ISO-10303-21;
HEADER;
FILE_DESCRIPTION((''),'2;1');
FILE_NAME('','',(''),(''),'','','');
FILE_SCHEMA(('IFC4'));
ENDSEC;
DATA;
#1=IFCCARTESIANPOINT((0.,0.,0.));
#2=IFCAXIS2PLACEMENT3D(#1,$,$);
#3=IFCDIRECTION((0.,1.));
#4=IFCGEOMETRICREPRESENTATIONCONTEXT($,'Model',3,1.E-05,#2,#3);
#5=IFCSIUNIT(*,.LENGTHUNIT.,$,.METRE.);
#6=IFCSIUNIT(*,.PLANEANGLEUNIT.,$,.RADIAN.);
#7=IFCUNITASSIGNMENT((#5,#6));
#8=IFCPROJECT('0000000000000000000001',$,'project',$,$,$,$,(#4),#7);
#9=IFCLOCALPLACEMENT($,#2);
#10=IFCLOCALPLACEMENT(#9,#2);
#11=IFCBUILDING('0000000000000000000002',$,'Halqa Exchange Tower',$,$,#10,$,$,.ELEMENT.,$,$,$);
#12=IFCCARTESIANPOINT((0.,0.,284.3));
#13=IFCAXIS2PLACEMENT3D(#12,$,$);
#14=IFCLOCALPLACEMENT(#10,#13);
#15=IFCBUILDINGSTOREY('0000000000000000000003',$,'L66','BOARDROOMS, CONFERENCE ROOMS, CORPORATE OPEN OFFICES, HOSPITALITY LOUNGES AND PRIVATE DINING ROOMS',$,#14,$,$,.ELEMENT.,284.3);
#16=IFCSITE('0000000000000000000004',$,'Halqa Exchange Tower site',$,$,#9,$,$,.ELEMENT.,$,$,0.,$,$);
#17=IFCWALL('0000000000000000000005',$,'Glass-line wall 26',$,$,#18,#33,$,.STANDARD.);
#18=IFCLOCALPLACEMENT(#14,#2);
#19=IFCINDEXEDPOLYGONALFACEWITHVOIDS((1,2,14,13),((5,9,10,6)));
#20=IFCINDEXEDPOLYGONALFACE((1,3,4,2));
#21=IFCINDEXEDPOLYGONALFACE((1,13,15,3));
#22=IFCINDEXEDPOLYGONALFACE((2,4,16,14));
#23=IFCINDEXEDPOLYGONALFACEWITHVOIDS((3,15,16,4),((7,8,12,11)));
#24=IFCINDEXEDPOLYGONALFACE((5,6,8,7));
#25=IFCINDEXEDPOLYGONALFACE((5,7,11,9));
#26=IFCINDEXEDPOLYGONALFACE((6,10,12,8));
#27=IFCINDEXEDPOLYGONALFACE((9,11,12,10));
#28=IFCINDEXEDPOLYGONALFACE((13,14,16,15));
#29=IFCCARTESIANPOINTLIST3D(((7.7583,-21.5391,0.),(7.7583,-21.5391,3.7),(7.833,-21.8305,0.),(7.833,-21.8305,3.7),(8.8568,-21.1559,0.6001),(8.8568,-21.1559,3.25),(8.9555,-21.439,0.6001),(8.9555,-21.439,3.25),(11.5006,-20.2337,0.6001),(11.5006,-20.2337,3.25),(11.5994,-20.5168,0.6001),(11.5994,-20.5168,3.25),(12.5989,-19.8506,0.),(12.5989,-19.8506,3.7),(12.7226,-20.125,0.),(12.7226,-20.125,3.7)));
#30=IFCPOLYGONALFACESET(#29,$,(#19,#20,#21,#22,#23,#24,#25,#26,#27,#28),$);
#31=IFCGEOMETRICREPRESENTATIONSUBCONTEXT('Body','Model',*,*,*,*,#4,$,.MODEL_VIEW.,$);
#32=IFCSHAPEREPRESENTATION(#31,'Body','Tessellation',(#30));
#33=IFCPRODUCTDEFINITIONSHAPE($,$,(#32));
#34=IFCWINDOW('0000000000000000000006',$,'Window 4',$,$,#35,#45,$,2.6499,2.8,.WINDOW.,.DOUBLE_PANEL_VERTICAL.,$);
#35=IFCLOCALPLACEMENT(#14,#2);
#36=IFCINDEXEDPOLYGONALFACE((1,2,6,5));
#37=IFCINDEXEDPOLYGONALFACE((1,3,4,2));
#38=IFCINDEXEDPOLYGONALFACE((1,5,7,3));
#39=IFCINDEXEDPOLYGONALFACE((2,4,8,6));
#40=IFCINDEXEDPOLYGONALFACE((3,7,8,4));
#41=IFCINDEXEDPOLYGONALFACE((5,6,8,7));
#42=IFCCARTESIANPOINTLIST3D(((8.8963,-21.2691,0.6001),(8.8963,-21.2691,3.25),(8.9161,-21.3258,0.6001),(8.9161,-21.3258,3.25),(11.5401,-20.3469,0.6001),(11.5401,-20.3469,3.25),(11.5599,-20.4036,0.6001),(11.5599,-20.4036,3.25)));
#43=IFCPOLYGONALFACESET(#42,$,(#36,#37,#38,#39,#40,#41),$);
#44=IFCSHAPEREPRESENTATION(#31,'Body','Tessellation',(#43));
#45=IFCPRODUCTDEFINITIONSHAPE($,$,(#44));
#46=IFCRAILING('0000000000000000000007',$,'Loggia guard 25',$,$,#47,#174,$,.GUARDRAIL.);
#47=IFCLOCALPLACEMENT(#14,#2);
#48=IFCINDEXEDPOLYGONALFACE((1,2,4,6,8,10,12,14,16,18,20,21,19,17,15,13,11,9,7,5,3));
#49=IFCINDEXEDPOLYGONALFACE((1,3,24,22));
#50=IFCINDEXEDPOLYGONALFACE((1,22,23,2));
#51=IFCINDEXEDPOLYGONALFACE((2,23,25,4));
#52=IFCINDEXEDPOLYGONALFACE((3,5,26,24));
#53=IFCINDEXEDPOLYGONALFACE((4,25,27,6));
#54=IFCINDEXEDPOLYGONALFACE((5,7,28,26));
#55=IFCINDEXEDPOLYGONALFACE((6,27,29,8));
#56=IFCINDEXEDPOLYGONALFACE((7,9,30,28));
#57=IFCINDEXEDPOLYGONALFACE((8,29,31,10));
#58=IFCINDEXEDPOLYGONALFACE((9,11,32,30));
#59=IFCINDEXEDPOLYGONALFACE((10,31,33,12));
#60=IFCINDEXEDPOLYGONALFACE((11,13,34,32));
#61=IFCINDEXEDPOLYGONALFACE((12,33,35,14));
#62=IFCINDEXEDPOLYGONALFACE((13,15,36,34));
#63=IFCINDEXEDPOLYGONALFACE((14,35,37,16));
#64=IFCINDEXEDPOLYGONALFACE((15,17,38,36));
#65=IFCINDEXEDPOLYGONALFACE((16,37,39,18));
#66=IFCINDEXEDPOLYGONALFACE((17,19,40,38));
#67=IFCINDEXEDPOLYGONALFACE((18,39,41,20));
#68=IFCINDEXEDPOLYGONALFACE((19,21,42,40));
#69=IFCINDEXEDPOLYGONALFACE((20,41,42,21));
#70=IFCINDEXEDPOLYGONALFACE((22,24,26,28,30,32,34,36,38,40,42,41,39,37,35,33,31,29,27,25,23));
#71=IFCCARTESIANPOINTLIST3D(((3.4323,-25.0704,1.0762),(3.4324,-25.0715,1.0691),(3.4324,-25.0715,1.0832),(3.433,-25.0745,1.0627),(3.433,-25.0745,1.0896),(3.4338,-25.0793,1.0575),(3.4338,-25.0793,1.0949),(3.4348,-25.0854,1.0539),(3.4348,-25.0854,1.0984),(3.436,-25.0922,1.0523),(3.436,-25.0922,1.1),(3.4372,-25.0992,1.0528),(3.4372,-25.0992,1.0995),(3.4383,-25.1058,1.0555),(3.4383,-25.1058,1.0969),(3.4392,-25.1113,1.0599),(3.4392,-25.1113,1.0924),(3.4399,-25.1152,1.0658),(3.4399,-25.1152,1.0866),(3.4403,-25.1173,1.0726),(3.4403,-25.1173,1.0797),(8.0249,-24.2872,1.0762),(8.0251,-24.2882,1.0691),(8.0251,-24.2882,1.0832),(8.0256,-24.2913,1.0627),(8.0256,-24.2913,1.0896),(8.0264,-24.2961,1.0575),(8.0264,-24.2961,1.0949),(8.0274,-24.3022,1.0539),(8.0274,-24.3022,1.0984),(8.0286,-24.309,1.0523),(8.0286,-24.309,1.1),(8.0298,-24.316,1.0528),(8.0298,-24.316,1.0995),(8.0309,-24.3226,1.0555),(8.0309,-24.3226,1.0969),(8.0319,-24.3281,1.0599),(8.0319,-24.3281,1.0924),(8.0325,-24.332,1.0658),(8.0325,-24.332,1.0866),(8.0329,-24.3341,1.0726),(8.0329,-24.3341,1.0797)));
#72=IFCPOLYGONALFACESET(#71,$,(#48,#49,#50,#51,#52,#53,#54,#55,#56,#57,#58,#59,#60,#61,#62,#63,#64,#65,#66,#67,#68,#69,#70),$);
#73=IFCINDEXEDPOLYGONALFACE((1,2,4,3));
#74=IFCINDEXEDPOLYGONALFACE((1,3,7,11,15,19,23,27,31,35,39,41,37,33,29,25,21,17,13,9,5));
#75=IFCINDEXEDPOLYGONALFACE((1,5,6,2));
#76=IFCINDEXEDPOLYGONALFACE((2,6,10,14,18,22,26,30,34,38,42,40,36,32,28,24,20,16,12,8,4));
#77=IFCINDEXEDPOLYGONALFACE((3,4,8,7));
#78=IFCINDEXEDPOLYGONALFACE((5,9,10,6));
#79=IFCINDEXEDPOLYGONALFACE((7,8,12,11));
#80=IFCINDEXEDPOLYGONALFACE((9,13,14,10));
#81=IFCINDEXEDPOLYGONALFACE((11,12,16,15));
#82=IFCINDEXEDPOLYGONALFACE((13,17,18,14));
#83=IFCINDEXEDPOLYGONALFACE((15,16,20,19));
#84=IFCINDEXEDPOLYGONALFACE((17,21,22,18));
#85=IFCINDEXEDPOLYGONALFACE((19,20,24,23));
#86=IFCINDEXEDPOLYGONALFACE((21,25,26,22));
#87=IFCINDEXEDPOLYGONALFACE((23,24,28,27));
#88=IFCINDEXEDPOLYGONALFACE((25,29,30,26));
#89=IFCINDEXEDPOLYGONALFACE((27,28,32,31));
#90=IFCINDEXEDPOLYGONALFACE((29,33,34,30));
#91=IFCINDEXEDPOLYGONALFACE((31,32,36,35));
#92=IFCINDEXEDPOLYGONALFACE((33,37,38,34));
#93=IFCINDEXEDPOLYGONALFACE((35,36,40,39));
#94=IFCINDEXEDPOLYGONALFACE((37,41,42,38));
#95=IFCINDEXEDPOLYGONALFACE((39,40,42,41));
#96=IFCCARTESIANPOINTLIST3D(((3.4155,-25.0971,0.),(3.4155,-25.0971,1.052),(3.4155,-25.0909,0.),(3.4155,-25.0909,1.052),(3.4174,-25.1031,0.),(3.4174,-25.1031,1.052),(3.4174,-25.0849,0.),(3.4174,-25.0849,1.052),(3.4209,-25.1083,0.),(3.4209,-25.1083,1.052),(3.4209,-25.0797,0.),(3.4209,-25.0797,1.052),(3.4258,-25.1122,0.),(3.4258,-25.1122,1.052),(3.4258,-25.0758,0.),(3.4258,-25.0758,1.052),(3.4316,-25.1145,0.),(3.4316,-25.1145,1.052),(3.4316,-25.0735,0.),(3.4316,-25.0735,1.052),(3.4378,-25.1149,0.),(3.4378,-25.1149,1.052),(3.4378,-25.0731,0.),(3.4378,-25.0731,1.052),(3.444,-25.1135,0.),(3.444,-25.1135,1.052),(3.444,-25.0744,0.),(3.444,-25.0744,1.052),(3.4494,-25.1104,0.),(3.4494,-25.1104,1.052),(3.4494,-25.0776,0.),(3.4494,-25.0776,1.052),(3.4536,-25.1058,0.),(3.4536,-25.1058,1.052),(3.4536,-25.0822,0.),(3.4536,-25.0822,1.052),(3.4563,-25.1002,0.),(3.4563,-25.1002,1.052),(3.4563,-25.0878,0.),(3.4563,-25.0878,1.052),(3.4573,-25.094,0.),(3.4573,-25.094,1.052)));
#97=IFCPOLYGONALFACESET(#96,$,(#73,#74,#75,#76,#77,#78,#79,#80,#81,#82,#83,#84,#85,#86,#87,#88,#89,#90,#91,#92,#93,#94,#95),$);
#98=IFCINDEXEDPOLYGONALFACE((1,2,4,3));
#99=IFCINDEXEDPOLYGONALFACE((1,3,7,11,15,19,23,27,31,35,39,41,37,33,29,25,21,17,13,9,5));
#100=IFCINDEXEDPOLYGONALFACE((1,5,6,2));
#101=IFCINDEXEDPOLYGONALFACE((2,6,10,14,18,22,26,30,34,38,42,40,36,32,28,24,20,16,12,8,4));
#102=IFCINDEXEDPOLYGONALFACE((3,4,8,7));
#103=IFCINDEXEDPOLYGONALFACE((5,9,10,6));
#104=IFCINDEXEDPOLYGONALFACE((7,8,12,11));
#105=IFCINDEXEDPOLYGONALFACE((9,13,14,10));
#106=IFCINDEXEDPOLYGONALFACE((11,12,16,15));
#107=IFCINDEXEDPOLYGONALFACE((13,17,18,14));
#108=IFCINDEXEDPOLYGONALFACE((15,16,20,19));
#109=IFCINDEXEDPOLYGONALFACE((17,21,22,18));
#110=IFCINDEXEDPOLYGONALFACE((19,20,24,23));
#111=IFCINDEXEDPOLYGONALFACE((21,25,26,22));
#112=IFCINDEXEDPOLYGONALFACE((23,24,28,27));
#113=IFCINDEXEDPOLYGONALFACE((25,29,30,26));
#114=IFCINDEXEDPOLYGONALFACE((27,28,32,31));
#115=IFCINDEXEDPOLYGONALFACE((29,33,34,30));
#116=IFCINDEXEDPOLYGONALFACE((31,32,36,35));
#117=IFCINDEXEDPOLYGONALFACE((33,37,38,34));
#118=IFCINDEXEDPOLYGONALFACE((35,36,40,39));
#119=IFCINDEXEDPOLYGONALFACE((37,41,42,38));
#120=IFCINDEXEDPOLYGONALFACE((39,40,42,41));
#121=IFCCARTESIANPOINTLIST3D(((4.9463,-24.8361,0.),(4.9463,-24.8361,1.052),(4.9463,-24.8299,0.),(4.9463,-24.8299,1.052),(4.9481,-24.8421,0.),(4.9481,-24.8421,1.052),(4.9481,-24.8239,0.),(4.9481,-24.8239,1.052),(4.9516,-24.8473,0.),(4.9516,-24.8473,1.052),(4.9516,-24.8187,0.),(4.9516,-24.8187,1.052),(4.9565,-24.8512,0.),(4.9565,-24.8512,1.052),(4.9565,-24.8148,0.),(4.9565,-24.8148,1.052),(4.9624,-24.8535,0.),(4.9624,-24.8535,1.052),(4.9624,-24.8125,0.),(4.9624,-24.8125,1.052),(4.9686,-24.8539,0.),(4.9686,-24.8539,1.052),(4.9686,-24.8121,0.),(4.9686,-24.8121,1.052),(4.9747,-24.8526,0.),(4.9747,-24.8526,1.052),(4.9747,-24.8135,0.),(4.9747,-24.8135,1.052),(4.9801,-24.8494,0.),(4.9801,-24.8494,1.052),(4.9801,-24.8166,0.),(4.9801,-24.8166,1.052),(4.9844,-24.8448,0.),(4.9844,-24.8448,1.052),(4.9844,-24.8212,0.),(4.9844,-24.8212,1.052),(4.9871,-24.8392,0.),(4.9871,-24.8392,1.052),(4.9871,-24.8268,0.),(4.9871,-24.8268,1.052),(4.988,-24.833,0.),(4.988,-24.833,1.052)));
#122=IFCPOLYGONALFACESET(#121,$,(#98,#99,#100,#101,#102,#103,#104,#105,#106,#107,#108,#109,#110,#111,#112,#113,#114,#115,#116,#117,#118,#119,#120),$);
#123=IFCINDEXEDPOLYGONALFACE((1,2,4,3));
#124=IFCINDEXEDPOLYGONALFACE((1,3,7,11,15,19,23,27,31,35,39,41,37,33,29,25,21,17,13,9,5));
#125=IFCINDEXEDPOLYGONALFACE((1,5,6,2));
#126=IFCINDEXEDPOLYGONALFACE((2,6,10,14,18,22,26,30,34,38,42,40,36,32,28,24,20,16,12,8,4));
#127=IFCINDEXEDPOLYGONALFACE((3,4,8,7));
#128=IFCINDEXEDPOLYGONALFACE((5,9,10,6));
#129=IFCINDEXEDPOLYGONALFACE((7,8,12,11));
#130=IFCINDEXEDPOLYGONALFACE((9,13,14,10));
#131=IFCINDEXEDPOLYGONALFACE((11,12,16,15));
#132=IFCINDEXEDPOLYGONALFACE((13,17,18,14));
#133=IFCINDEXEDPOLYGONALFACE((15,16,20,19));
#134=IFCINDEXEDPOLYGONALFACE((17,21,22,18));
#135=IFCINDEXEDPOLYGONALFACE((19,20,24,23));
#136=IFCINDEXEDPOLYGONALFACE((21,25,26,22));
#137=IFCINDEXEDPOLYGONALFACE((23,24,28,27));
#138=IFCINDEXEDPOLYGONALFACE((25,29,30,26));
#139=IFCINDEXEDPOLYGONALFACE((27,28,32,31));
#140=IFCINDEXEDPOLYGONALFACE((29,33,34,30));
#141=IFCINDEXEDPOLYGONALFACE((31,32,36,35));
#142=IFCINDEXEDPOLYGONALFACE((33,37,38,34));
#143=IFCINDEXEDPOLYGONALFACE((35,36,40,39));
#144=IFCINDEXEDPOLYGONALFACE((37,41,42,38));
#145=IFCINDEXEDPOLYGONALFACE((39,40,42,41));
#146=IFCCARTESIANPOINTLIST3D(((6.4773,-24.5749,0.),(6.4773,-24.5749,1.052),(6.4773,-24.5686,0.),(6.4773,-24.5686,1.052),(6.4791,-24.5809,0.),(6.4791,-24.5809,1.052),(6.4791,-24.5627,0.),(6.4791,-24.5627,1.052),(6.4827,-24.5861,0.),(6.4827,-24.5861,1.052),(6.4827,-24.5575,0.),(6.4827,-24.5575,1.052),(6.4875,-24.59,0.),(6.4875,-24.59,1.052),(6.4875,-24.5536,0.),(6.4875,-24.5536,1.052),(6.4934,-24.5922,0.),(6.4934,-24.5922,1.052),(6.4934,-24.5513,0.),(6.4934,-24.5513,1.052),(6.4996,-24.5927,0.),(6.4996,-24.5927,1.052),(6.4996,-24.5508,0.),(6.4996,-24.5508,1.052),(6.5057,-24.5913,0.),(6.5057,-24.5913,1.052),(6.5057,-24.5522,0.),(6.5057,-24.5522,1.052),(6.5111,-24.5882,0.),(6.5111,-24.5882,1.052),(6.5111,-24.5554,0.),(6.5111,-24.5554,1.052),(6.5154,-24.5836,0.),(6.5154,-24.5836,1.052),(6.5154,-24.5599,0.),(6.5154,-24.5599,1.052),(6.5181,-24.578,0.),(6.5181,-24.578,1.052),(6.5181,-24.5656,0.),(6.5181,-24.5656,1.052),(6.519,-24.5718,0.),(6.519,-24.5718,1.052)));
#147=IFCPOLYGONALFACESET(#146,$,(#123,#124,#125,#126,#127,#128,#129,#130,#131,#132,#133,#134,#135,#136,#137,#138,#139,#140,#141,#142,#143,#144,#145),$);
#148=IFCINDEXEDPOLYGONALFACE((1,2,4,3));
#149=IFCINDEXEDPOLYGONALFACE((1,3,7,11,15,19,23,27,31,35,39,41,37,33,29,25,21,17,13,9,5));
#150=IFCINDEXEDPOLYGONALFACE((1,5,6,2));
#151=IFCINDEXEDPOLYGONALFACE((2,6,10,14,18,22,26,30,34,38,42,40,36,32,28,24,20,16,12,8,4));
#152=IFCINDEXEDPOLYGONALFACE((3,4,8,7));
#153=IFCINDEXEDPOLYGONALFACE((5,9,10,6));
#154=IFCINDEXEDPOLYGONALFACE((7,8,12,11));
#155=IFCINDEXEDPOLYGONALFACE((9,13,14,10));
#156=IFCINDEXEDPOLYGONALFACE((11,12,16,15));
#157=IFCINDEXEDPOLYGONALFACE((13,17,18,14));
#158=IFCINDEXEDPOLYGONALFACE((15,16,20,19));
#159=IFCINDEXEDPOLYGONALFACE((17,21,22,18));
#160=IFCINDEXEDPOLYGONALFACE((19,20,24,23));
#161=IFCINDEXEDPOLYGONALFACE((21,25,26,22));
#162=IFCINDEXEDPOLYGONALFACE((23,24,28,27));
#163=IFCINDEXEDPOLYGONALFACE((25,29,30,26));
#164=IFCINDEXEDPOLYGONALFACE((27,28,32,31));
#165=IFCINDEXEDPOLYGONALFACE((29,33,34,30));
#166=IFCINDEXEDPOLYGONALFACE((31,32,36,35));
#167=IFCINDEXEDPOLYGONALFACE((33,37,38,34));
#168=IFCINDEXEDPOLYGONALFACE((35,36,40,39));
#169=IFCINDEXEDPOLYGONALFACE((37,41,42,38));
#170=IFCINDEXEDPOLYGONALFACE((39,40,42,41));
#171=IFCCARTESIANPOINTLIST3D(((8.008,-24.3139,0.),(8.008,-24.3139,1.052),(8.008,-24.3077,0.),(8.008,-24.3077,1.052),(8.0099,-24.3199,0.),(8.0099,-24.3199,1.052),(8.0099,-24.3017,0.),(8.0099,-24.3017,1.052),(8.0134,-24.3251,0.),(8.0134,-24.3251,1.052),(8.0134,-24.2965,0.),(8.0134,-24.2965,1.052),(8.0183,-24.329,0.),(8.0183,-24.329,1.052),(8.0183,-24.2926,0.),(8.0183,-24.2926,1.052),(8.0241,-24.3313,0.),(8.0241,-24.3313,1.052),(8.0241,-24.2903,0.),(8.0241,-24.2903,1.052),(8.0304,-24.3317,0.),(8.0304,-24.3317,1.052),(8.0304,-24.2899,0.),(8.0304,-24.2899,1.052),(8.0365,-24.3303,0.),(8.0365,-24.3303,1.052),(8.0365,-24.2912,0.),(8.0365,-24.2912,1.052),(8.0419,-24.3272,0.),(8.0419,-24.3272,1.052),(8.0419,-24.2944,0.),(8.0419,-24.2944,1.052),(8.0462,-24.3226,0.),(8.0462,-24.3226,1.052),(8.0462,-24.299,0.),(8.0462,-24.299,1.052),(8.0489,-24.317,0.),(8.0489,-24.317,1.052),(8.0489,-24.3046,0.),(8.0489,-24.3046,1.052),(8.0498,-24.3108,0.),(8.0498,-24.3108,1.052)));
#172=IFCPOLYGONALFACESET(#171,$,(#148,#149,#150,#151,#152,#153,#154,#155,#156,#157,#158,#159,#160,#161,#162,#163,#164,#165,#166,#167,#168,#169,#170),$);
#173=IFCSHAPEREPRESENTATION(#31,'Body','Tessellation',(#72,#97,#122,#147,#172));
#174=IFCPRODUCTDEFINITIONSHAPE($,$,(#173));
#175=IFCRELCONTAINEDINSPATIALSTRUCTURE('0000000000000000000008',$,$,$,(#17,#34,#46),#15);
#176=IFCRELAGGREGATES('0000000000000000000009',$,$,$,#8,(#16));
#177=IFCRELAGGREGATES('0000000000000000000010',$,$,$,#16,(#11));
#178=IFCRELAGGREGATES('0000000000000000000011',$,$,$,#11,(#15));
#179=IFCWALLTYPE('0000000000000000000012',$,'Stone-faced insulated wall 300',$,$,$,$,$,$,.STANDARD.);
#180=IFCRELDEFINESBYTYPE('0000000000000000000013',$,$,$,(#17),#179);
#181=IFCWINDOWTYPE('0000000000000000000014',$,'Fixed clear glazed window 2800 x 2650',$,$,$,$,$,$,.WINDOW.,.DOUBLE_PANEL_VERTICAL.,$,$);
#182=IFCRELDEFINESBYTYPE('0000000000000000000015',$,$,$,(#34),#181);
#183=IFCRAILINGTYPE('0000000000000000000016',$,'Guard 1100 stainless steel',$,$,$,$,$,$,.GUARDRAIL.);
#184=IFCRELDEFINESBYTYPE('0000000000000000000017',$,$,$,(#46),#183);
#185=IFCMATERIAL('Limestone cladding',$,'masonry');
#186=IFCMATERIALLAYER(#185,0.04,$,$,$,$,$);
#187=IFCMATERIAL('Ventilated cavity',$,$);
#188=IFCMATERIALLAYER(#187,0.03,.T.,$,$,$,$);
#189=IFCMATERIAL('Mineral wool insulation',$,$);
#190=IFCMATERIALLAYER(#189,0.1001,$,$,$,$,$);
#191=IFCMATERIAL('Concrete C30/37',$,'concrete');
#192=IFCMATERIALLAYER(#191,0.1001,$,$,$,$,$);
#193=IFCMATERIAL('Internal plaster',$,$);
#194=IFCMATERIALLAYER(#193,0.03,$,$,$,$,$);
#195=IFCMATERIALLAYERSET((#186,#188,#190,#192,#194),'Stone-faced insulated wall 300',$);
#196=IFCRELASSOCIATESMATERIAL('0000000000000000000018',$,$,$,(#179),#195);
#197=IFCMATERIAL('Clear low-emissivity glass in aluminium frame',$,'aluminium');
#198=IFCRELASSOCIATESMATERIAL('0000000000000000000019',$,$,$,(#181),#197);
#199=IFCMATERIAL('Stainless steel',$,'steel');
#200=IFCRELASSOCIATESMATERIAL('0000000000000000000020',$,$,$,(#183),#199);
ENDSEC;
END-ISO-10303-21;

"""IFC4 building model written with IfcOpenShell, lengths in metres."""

from ifc_helpers import new_model, si_unit, direction, frame, frame_2d, origin, origin_2d, place, context, subcontext, project, spatial, polyline, rectangle, circle, outline, extrude, material, layer, layer_set, type_object, element, fill, save


model = new_model("IFC4")

# Units and contexts
model_context = context("Model", 3, precision=1e-05, world=origin(), true_north=direction((0.0, 1.0)))
body_context = subcontext(model_context, "Body", "Model", "MODEL_VIEW")
ifc_project = project(units=[si_unit("LENGTHUNIT", "METRE"), si_unit("PLANEANGLEUNIT", "RADIAN")], contexts=[model_context])

# Site, building, storey
site_placement = place(None, origin())
site = spatial("IfcSite", under=ifc_project, at=site_placement, Name="Halqa Exchange Tower site", CompositionType="ELEMENT", RefElevation=0.0)
building_placement = place(site_placement, origin())
building = spatial("IfcBuilding", under=site, at=building_placement, Name="Halqa Exchange Tower", CompositionType="ELEMENT")
storey_placement = place(building_placement, frame((0.0, 0.0, 284.3)))
storey = spatial("IfcBuildingStorey", under=building, at=storey_placement, Name="L66", Description="BOARDROOMS, CONFERENCE ROOMS, CORPORATE OPEN OFFICES, HOSPITALITY LOUNGES AND PRIVATE DINING ROOMS", CompositionType="ELEMENT", Elevation=284.3)

# Shared definitions
ifc_material_1 = material(Name="Concrete C30/37", Category="concrete")

# Wall, opening, window
ifc_material_2 = material(Name="Limestone cladding", Category="masonry")
ifc_layer_1 = layer(ifc_material_2, 0.04)
ifc_material_3 = material(Name="Ventilated cavity")
ifc_layer_2 = layer(ifc_material_3, 0.03, ventilated=True)
ifc_material_4 = material(Name="Mineral wool insulation")
ifc_layer_3 = layer(ifc_material_4, 0.1001)
ifc_layer_4 = layer(ifc_material_1, 0.1001)
ifc_material_5 = material(Name="Internal plaster")
ifc_layer_5 = layer(ifc_material_5, 0.03)
ifc_layer_set_1 = layer_set([ifc_layer_1, ifc_layer_2, ifc_layer_3, ifc_layer_4, ifc_layer_5], Name="Stone-faced insulated wall 300")
wall_type_1 = type_object("IfcWallType", Name="Stone-faced insulated wall 300", PredefinedType="STANDARD", material=ifc_layer_set_1)
ifc_material_6 = material(Name="Clear low-emissivity glass in aluminium frame", Category="aluminium")
window_type = type_object("IfcWindowType", Name="Fixed clear glazed window 2800 x 2650", PartitioningType="DOUBLE_PANEL_VERTICAL", PredefinedType="WINDOW", material=ifc_material_6)
wall_1_placement = place(storey_placement, frame((7.7957, -21.6848, 0.0), z_axis=(0.0, 0.0, 1.0), x_axis=(0.944204, 0.32936, 0.0)))
wall_1 = element("IfcWall", 1, at=wall_1_placement, inside=storey, type_object=wall_type_1, Name="Glass-line wall 26", PredefinedType="STANDARD", context=body_context, shape_type="SweptSolid", body=[
    extrude(outline(polyline([(-0.0127, -0.1499), (5.1658, -0.1499), (5.1394, 0.1499), (0.0127, 0.1499), (-0.0127, -0.1499)])), origin(), (0.0, 0.0, 1.0), 3.7),
])
opening_1_placement = place(wall_1_placement, frame((1.1763, 0.0, 0.6001)))
opening_1 = element("IfcOpeningElement", 2, at=opening_1_placement, cuts=wall_1, PredefinedType="OPENING", context=body_context, shape_type="SweptSolid", body=[
    extrude(rectangle(XDim=2.8, YDim=2.6499, at=frame_2d((1.3999, 1.325))), frame((0.0, 0.1621, 0.0), z_axis=(0.0, -1.0, 0.0), x_axis=(1.0, 0.0, 0.0)), (0.0, 0.0, 1.0), 0.324),
])
window_1_placement = place(opening_1_placement, origin())
window_1 = element("IfcWindow", 3, at=window_1_placement, inside=storey, type_object=window_type, Name="Window 4", OverallHeight=2.6499, OverallWidth=2.8, PartitioningType="DOUBLE_PANEL_VERTICAL", PredefinedType="WINDOW", context=body_context, shape_type="SweptSolid", body=[
    extrude(rectangle(XDim=2.8, YDim=2.6499, at=frame_2d((1.3999, 1.325))), frame((0.0, 0.03, 0.0), z_axis=(0.0, -1.0, 0.0), x_axis=(1.0, 0.0, 0.0)), (0.0, 0.0, 1.0), 0.0601),
])
fill(opening_1, window_1)

# Railing
ifc_material_7 = material(Name="Stainless steel", Category="steel")
railing_type = type_object("IfcRailingType", Name="Guard 1100 stainless steel", PredefinedType="GUARDRAIL", material=ifc_material_7)
railing_1_placement = place(storey_placement, frame((3.4363, -25.094, 0.0)))
element("IfcRailing", 4, at=railing_1_placement, inside=storey, type_object=railing_type, Name="Loggia guard 25", PredefinedType="GUARDRAIL", context=body_context, shape_type="SweptSolid", body=[
    extrude(circle(Radius=0.0239, at=origin_2d()), frame((0.0, 0.0, 1.0762), z_axis=(0.985768, 0.168111, 0.0), x_axis=(-0.168111, 0.985768, 0.0)), (0.0, 0.0, 1.0), 4.6589),
    extrude(circle(Radius=0.021, at=origin_2d()), origin(), (0.0, 0.0, 1.0), 1.052),
    extrude(circle(Radius=0.021, at=origin_2d()), frame((1.5308, 0.261, 0.0)), (0.0, 0.0, 1.0), 1.052),
    extrude(circle(Radius=0.021, at=origin_2d()), frame((3.0618, 0.5222, 0.0)), (0.0, 0.0, 1.0), 1.052),
    extrude(circle(Radius=0.021, at=origin_2d()), frame((4.5925, 0.7832, 0.0)), (0.0, 0.0, 1.0), 1.052),
])

save(model, "model.ifc")
